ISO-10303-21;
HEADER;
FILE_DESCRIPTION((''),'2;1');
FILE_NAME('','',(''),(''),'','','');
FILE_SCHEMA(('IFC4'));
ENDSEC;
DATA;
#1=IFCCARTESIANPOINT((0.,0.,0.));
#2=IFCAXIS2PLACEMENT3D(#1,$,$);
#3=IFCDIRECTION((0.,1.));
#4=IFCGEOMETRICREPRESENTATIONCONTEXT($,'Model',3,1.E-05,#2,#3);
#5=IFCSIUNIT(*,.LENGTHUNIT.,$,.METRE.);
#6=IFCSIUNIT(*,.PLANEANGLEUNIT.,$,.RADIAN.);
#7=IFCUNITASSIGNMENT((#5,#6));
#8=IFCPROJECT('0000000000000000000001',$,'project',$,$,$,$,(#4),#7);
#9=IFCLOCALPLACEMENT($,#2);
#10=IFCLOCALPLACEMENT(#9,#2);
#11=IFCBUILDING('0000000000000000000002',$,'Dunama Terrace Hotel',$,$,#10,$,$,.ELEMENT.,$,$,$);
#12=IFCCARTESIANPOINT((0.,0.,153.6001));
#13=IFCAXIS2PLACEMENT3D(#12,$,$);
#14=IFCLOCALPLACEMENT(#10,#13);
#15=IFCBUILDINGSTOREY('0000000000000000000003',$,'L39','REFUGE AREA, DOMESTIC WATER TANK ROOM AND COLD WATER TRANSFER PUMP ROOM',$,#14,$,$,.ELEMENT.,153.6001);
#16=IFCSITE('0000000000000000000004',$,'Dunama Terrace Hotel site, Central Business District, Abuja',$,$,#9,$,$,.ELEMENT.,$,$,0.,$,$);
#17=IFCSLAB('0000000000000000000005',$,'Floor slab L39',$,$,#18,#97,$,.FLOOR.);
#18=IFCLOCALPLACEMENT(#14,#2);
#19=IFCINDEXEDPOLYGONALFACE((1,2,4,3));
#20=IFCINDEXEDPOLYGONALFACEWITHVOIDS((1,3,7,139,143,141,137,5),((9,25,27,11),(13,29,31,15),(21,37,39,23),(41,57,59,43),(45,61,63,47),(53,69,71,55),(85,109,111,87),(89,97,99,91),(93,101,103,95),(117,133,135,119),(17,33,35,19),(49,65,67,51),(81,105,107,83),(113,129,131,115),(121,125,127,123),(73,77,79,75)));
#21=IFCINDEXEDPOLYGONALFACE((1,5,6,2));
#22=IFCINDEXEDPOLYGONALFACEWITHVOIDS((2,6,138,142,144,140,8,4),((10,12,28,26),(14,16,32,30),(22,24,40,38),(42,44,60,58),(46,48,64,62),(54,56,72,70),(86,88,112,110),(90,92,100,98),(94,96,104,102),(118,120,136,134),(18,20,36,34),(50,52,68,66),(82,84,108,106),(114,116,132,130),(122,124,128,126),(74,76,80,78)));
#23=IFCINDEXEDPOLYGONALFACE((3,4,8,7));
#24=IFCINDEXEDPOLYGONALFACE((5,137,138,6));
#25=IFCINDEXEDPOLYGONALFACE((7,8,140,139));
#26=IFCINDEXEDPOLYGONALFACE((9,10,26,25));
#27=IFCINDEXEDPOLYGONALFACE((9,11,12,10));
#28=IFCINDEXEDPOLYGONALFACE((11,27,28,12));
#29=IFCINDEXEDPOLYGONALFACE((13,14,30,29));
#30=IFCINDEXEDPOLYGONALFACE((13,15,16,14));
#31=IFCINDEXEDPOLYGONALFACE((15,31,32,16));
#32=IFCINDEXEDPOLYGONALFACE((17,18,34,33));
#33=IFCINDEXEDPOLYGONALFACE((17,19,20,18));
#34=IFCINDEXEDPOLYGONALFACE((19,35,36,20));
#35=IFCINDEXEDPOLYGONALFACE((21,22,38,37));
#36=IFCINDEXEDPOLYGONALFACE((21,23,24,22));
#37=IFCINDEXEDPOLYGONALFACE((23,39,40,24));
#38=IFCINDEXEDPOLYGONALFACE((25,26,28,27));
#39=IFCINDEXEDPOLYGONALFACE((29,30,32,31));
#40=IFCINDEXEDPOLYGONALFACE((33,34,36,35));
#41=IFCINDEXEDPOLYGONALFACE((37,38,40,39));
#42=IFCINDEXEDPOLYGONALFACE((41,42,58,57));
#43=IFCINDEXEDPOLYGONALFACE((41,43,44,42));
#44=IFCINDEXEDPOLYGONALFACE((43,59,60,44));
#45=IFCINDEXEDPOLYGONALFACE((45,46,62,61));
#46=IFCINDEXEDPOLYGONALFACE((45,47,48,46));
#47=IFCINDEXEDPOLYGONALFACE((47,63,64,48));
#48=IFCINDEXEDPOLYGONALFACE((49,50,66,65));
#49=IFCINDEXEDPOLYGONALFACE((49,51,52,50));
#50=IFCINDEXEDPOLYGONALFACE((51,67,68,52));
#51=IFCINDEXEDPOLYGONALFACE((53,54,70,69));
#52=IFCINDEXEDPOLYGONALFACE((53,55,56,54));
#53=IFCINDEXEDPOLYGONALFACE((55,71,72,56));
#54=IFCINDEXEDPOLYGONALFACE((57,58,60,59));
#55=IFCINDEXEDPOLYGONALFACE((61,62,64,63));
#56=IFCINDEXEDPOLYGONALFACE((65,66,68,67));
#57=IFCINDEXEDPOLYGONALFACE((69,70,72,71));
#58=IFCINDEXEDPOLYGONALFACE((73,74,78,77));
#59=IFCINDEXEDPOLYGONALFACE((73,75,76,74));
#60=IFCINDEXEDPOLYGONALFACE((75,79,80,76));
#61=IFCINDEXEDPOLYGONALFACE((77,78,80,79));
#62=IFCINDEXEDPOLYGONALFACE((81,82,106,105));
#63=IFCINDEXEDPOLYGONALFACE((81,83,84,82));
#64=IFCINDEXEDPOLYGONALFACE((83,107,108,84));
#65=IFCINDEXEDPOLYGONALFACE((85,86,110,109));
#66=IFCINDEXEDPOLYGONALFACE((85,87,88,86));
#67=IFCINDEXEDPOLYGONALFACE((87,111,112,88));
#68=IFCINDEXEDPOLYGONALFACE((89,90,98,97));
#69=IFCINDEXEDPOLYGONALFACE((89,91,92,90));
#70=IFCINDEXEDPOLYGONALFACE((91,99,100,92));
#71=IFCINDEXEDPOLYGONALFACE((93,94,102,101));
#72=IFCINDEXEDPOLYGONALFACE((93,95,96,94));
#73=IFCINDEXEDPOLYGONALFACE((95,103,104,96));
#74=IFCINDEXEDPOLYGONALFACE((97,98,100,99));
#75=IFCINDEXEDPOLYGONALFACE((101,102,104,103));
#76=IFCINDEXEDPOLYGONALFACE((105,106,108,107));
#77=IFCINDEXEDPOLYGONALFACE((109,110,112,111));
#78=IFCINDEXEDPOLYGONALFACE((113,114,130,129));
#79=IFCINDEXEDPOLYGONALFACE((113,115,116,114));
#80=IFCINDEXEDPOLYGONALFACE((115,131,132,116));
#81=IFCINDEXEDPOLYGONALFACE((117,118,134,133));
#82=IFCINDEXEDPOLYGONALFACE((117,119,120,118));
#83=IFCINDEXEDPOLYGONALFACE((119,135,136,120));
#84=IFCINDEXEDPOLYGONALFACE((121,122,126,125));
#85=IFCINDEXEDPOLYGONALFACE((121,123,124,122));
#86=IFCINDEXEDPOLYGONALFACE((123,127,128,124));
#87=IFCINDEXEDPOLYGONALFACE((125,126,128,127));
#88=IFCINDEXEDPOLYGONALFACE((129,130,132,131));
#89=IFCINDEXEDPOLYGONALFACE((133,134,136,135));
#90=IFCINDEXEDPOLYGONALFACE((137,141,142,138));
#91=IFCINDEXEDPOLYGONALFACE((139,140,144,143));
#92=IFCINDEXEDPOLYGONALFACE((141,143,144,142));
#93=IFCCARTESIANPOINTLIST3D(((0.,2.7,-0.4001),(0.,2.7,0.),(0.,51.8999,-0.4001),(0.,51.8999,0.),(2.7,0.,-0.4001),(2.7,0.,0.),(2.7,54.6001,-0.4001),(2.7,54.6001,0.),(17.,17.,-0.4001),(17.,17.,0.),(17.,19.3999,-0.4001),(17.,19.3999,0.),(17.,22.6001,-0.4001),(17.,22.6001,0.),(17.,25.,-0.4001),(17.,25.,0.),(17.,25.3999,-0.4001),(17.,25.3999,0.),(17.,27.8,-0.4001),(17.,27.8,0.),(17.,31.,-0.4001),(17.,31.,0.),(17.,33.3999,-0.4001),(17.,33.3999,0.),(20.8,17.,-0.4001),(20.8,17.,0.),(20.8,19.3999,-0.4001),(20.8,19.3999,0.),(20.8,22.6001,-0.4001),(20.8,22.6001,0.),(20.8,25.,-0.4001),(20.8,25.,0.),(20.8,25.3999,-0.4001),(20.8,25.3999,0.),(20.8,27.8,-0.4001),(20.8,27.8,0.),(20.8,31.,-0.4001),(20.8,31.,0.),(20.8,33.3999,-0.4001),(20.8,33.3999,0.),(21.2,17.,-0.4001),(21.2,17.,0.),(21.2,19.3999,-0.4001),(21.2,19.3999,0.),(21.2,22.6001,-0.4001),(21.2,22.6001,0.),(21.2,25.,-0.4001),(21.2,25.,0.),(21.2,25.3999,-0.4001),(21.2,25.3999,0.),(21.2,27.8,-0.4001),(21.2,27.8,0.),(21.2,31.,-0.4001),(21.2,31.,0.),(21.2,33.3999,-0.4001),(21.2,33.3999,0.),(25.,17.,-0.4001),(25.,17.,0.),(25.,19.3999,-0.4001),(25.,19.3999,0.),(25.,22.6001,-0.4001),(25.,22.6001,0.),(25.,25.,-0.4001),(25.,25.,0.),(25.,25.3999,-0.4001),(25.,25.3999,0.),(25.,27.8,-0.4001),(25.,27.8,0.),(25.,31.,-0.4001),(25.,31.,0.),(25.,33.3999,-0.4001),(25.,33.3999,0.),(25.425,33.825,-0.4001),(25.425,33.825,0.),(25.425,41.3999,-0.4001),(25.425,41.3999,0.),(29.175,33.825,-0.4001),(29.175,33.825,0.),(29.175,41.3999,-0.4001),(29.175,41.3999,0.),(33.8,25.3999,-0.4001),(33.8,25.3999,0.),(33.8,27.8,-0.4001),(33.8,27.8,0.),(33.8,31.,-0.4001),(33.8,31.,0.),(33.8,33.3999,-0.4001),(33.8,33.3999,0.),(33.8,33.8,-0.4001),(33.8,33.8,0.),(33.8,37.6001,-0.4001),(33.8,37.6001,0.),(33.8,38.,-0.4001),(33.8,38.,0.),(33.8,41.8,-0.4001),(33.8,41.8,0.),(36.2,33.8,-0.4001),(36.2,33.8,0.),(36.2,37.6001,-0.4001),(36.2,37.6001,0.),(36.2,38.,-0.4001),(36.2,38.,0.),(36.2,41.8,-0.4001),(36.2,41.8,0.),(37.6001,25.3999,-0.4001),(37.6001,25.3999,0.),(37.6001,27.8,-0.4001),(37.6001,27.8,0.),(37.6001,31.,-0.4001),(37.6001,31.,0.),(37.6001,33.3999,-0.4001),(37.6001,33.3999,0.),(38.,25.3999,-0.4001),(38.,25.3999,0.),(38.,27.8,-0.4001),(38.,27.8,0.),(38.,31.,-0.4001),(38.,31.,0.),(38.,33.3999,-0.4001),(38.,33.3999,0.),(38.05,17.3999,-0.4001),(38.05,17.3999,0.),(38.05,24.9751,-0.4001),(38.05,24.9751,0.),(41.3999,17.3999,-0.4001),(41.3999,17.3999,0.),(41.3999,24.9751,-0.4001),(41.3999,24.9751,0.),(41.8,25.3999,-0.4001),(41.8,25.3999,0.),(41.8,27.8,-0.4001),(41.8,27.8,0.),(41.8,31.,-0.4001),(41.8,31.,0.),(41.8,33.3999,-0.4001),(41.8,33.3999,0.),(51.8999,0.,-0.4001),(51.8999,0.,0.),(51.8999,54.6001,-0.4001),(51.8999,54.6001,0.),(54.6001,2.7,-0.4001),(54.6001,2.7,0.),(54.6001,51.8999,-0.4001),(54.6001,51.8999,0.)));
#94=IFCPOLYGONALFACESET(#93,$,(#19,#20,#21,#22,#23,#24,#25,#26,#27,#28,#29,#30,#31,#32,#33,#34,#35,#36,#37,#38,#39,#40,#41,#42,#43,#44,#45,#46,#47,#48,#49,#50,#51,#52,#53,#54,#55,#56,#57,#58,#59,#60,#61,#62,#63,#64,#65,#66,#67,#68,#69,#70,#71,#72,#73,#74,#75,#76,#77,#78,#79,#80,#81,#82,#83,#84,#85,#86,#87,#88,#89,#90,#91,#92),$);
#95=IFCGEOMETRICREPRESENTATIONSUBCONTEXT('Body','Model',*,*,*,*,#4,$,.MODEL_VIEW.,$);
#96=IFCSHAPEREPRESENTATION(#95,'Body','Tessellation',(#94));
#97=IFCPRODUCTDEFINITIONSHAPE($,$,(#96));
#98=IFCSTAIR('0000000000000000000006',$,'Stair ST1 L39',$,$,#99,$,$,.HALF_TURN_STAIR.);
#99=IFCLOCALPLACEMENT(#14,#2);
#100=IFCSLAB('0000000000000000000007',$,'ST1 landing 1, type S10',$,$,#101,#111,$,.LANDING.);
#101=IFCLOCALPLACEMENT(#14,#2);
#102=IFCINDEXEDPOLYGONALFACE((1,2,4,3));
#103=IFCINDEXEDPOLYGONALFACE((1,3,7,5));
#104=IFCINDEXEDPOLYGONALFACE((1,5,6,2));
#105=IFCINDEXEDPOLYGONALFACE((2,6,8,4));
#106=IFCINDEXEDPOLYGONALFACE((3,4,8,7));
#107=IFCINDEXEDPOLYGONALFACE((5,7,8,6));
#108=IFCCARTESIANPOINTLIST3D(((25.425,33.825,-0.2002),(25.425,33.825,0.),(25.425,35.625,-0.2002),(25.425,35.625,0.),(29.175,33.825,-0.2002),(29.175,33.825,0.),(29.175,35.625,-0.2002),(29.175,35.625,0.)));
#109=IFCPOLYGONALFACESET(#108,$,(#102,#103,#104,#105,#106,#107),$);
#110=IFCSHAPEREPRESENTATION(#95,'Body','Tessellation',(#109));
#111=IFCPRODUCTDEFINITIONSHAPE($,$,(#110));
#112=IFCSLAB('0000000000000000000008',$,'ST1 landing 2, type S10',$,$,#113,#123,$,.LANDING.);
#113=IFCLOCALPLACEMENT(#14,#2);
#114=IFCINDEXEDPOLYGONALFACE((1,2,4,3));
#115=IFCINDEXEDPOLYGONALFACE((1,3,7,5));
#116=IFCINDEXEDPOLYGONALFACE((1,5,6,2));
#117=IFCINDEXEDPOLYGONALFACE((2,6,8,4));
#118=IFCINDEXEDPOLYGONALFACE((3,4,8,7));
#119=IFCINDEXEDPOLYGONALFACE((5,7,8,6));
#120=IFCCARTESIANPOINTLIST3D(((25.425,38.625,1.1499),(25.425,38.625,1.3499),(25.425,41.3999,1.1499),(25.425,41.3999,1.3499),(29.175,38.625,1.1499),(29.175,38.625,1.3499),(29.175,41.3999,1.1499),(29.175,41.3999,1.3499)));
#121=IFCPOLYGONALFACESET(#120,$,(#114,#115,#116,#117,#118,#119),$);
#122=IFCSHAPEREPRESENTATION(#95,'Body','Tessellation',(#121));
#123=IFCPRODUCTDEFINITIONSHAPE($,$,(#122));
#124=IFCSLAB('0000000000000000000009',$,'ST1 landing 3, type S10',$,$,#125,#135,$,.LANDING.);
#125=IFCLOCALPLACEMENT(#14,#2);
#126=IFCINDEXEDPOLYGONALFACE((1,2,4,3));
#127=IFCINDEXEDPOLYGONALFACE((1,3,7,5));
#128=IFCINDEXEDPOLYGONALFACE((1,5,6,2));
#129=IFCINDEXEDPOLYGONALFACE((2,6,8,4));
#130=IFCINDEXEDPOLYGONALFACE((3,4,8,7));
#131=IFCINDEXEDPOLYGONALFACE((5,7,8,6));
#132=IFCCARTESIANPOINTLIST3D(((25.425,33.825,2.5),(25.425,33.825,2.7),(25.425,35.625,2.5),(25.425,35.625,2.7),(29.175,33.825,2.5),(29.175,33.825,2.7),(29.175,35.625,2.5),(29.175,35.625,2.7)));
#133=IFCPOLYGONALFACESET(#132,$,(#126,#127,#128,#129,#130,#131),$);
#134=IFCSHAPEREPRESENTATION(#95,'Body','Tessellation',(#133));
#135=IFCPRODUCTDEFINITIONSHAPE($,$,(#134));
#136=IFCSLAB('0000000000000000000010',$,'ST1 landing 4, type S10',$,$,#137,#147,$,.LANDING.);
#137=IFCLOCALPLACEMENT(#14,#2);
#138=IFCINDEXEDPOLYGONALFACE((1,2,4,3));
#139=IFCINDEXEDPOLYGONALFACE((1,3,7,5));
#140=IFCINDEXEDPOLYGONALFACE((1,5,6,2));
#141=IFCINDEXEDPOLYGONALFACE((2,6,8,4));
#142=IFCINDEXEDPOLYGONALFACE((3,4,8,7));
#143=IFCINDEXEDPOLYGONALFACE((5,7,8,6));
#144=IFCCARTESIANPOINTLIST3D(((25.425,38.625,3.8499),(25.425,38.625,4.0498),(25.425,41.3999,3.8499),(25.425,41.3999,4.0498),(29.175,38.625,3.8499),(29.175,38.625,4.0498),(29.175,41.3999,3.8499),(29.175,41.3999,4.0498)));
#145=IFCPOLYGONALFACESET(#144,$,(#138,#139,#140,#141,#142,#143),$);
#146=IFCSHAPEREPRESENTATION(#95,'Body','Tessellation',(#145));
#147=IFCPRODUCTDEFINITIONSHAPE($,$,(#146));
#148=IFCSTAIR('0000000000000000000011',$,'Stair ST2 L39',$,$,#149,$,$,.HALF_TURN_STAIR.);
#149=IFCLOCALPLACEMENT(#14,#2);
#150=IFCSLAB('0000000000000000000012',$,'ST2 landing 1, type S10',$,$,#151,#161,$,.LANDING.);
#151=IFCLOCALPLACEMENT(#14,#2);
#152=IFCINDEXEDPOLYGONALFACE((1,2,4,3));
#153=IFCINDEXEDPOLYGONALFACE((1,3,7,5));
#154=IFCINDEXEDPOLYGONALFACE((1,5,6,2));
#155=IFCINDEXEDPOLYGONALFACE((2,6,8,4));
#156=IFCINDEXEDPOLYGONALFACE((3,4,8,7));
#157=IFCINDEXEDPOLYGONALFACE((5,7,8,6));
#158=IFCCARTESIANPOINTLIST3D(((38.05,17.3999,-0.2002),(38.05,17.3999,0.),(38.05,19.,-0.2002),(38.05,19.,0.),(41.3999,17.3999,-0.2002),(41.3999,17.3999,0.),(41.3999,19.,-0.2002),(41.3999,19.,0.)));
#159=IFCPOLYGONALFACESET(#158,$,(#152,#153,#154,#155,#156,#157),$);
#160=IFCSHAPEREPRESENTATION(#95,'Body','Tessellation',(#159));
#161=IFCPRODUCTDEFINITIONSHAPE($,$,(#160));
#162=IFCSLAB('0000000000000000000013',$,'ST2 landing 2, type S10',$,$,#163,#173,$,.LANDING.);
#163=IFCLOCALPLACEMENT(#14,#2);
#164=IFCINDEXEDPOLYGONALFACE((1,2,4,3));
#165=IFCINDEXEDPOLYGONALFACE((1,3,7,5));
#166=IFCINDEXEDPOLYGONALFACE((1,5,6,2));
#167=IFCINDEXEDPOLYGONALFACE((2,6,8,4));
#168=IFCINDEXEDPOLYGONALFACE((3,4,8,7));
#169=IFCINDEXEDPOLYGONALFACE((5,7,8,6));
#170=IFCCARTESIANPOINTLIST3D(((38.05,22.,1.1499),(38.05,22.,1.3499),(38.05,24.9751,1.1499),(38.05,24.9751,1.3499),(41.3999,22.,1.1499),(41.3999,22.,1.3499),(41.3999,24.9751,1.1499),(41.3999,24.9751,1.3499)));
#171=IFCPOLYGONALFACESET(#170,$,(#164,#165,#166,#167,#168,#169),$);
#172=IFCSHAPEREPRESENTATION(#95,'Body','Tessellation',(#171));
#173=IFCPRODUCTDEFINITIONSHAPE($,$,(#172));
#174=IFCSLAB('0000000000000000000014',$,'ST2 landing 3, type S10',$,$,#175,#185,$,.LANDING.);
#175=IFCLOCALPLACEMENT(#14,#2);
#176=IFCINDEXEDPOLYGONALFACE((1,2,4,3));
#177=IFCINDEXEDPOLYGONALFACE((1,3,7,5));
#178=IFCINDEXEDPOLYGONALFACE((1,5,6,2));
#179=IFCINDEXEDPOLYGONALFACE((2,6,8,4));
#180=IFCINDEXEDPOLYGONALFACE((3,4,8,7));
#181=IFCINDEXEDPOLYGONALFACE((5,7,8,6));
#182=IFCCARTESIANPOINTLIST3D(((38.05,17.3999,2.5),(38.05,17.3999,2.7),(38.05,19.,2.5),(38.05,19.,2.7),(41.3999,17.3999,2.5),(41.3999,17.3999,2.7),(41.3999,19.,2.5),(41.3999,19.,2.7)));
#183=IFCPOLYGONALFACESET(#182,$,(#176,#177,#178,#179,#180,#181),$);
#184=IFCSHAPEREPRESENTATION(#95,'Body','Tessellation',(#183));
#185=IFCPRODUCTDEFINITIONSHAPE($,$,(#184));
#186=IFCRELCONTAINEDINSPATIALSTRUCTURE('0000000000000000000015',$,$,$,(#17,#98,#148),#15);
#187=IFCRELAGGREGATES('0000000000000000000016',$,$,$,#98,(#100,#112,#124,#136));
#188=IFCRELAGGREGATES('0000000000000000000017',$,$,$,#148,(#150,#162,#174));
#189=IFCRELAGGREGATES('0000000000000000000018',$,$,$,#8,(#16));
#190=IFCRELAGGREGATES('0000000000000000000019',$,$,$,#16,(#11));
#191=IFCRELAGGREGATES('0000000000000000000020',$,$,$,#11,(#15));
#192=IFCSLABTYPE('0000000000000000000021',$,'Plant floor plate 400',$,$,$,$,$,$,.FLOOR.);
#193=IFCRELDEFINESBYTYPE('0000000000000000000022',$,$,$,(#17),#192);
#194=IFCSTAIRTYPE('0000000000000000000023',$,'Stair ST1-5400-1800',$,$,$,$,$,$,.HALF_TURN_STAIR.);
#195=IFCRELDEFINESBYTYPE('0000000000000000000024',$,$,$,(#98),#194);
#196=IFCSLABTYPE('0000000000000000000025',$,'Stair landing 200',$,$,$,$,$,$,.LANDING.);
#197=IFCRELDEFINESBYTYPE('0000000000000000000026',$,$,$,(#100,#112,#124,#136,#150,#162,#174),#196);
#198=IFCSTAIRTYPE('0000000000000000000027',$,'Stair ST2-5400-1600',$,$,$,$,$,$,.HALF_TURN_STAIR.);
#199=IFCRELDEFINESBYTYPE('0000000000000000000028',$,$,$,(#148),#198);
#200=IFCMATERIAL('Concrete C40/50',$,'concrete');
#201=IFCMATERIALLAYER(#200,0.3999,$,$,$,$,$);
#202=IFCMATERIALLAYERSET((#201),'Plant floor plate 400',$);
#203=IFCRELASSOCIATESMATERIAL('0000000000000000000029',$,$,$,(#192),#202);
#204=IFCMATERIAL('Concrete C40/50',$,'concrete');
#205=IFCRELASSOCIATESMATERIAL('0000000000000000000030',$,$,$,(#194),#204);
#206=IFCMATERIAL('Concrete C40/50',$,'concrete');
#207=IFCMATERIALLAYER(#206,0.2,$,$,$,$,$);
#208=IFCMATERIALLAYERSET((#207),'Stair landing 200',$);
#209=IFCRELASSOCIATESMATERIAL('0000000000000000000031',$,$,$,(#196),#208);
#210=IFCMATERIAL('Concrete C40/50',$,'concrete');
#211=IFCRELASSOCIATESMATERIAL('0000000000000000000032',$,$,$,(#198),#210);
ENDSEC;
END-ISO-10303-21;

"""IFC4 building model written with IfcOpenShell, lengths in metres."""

from ifc_helpers import new_model, si_unit, direction, frame, origin, place, context, subcontext, project, spatial, polyline, outline, extrude, material, layer, layer_set, type_object, element, aggregate, save


model = new_model("IFC4")

# Units and contexts
model_context = context("Model", 3, precision=1e-05, world=origin(), true_north=direction((0.0, 1.0)))
body_context = subcontext(model_context, "Body", "Model", "MODEL_VIEW")
ifc_project = project(units=[si_unit("LENGTHUNIT", "METRE"), si_unit("PLANEANGLEUNIT", "RADIAN")], contexts=[model_context])

# Site, building, storey
site_placement = place(None, origin())
site = spatial("IfcSite", under=ifc_project, at=site_placement, Name="Dunama Terrace Hotel site, Central Business District, Abuja", CompositionType="ELEMENT", RefElevation=0.0)
building_placement = place(site_placement, origin())
building = spatial("IfcBuilding", under=site, at=building_placement, Name="Dunama Terrace Hotel", CompositionType="ELEMENT")
storey_placement = place(building_placement, frame((0.0, 0.0, 153.6001)))
storey = spatial("IfcBuildingStorey", under=building, at=storey_placement, Name="L39", Description="REFUGE AREA, DOMESTIC WATER TANK ROOM AND COLD WATER TRANSFER PUMP ROOM", CompositionType="ELEMENT", Elevation=153.6001)

# Slab
ifc_material_1 = material(Name="Concrete C40/50", Category="concrete")
ifc_layer_1 = layer(ifc_material_1, 0.3999)
ifc_layer_set_1 = layer_set([ifc_layer_1], Name="Plant floor plate 400")
slab_type_1 = type_object("IfcSlabType", Name="Plant floor plate 400", PredefinedType="FLOOR", material=ifc_layer_set_1)
slab_1_placement = place(storey_placement, frame((0.0, 0.0, -0.4001)))
element("IfcSlab", 1, at=slab_1_placement, inside=storey, type_object=slab_type_1, Name="Floor slab L39", PredefinedType="FLOOR", context=body_context, shape_type="SweptSolid", body=[
    extrude(outline(polyline([(2.7, 0.0), (51.8999, 0.0), (54.6001, 2.7), (54.6001, 51.8999), (51.8999, 54.6001), (2.7, 54.6001), (0.0, 51.8999), (0.0, 2.7), (2.7, 0.0)]), holes=[polyline([(37.6001, 25.3999), (37.6001, 27.8), (33.8, 27.8), (33.8, 25.3999), (37.6001, 25.3999)]), polyline([(41.8, 25.3999), (41.8, 27.8), (38.0, 27.8), (38.0, 25.3999), (41.8, 25.3999)]), polyline([(20.8, 17.0), (20.8, 19.3999), (17.0, 19.3999), (17.0, 17.0), (20.8, 17.0)]), polyline([(25.0, 17.0), (25.0, 19.3999), (21.2, 19.3999), (21.2, 17.0), (25.0, 17.0)]), polyline([(20.8, 22.6001), (20.8, 25.0), (17.0, 25.0), (17.0, 22.6001), (20.8, 22.6001)]), polyline([(25.0, 22.6001), (25.0, 25.0), (21.2, 25.0), (21.2, 22.6001), (25.0, 22.6001)]), polyline([(20.8, 25.3999), (20.8, 27.8), (17.0, 27.8), (17.0, 25.3999), (20.8, 25.3999)]), polyline([(25.0, 25.3999), (25.0, 27.8), (21.2, 27.8), (21.2, 25.3999), (25.0, 25.3999)]), polyline([(20.8, 31.0), (20.8, 33.3999), (17.0, 33.3999), (17.0, 31.0), (20.8, 31.0)]), polyline([(25.0, 31.0), (25.0, 33.3999), (21.2, 33.3999), (21.2, 31.0), (25.0, 31.0)]), polyline([(37.6001, 31.0), (37.6001, 33.3999), (33.8, 33.3999), (33.8, 31.0), (37.6001, 31.0)]), polyline([(41.8, 31.0), (41.8, 33.3999), (38.0, 33.3999), (38.0, 31.0), (41.8, 31.0)]), polyline([(36.2, 38.0), (36.2, 41.8), (33.8, 41.8), (33.8, 38.0), (36.2, 38.0)]), polyline([(36.2, 33.8), (36.2, 37.6001), (33.8, 37.6001), (33.8, 33.8), (36.2, 33.8)]), polyline([(29.175, 33.825), (29.175, 41.3999), (25.425, 41.3999), (25.425, 33.825), (29.175, 33.825)]), polyline([(41.3999, 17.3999), (41.3999, 24.9751), (38.05, 24.9751), (38.05, 17.3999), (41.3999, 17.3999)])]), origin(), (0.0, 0.0, 1.0), 0.4001),
])

# Stairs, slabs
ifc_material_2 = material(Name="Concrete C40/50", Category="concrete")
stair_type_1 = type_object("IfcStairType", Name="Stair ST1-5400-1800", PredefinedType="HALF_TURN_STAIR", material=ifc_material_2)
stair_1_placement = place(storey_placement, origin())
stair_1 = element("IfcStair", 2, at=stair_1_placement, inside=storey, type_object=stair_type_1, Name="Stair ST1 L39", PredefinedType="HALF_TURN_STAIR")
ifc_material_3 = material(Name="Concrete C40/50", Category="concrete")
ifc_layer_2 = layer(ifc_material_3, 0.2)
ifc_layer_set_2 = layer_set([ifc_layer_2], Name="Stair landing 200")
slab_type_2 = type_object("IfcSlabType", Name="Stair landing 200", PredefinedType="LANDING", material=ifc_layer_set_2)
slab_2_placement = place(storey_placement, frame((0.0, 0.0, -0.2002)))
slab_2 = element("IfcSlab", 3, at=slab_2_placement, type_object=slab_type_2, Name="ST1 landing 1, type S10", PredefinedType="LANDING", context=body_context, shape_type="SweptSolid", body=[
    extrude(outline(polyline([(25.425, 33.825), (29.175, 33.825), (29.175, 35.625), (25.425, 35.625), (25.425, 33.825)])), origin(), (0.0, 0.0, 1.0), 0.2002),
])
slab_3_placement = place(storey_placement, frame((0.0, 0.0, 1.1499)))
slab_3 = element("IfcSlab", 4, at=slab_3_placement, type_object=slab_type_2, Name="ST1 landing 2, type S10", PredefinedType="LANDING", context=body_context, shape_type="SweptSolid", body=[
    extrude(outline(polyline([(25.425, 38.625), (29.175, 38.625), (29.175, 41.3999), (25.425, 41.3999), (25.425, 38.625)])), origin(), (0.0, 0.0, 1.0), 0.2),
])
slab_4_placement = place(storey_placement, frame((0.0, 0.0, 2.5)))
slab_4 = element("IfcSlab", 5, at=slab_4_placement, type_object=slab_type_2, Name="ST1 landing 3, type S10", PredefinedType="LANDING", context=body_context, shape_type="SweptSolid", body=[
    extrude(outline(polyline([(25.425, 33.825), (29.175, 33.825), (29.175, 35.625), (25.425, 35.625), (25.425, 33.825)])), origin(), (0.0, 0.0, 1.0), 0.2),
])
slab_5_placement = place(storey_placement, frame((0.0, 0.0, 3.8499)))
slab_5 = element("IfcSlab", 6, at=slab_5_placement, type_object=slab_type_2, Name="ST1 landing 4, type S10", PredefinedType="LANDING", context=body_context, shape_type="SweptSolid", body=[
    extrude(outline(polyline([(25.425, 38.625), (29.175, 38.625), (29.175, 41.3999), (25.425, 41.3999), (25.425, 38.625)])), origin(), (0.0, 0.0, 1.0), 0.2),
])
aggregate(stair_1, [slab_2, slab_3, slab_4, slab_5])
ifc_material_4 = material(Name="Concrete C40/50", Category="concrete")
stair_type_2 = type_object("IfcStairType", Name="Stair ST2-5400-1600", PredefinedType="HALF_TURN_STAIR", material=ifc_material_4)
stair_2_placement = place(storey_placement, origin())
stair_2 = element("IfcStair", 7, at=stair_2_placement, inside=storey, type_object=stair_type_2, Name="Stair ST2 L39", PredefinedType="HALF_TURN_STAIR")
slab_6_placement = place(storey_placement, frame((0.0, 0.0, -0.2002)))
slab_6 = element("IfcSlab", 8, at=slab_6_placement, type_object=slab_type_2, Name="ST2 landing 1, type S10", PredefinedType="LANDING", context=body_context, shape_type="SweptSolid", body=[
    extrude(outline(polyline([(38.05, 17.3999), (41.3999, 17.3999), (41.3999, 19.0), (38.05, 19.0), (38.05, 17.3999)])), origin(), (0.0, 0.0, 1.0), 0.2002),
])
slab_7_placement = place(storey_placement, frame((0.0, 0.0, 1.1499)))
slab_7 = element("IfcSlab", 9, at=slab_7_placement, type_object=slab_type_2, Name="ST2 landing 2, type S10", PredefinedType="LANDING", context=body_context, shape_type="SweptSolid", body=[
    extrude(outline(polyline([(38.05, 22.0), (41.3999, 22.0), (41.3999, 24.9751), (38.05, 24.9751), (38.05, 22.0)])), origin(), (0.0, 0.0, 1.0), 0.2),
])
slab_8_placement = place(storey_placement, frame((0.0, 0.0, 2.5)))
slab_8 = element("IfcSlab", 10, at=slab_8_placement, type_object=slab_type_2, Name="ST2 landing 3, type S10", PredefinedType="LANDING", context=body_context, shape_type="SweptSolid", body=[
    extrude(outline(polyline([(38.05, 17.3999), (41.3999, 17.3999), (41.3999, 19.0), (38.05, 19.0), (38.05, 17.3999)])), origin(), (0.0, 0.0, 1.0), 0.2),
])
aggregate(stair_2, [slab_6, slab_7, slab_8])

save(model, "model.ifc")
